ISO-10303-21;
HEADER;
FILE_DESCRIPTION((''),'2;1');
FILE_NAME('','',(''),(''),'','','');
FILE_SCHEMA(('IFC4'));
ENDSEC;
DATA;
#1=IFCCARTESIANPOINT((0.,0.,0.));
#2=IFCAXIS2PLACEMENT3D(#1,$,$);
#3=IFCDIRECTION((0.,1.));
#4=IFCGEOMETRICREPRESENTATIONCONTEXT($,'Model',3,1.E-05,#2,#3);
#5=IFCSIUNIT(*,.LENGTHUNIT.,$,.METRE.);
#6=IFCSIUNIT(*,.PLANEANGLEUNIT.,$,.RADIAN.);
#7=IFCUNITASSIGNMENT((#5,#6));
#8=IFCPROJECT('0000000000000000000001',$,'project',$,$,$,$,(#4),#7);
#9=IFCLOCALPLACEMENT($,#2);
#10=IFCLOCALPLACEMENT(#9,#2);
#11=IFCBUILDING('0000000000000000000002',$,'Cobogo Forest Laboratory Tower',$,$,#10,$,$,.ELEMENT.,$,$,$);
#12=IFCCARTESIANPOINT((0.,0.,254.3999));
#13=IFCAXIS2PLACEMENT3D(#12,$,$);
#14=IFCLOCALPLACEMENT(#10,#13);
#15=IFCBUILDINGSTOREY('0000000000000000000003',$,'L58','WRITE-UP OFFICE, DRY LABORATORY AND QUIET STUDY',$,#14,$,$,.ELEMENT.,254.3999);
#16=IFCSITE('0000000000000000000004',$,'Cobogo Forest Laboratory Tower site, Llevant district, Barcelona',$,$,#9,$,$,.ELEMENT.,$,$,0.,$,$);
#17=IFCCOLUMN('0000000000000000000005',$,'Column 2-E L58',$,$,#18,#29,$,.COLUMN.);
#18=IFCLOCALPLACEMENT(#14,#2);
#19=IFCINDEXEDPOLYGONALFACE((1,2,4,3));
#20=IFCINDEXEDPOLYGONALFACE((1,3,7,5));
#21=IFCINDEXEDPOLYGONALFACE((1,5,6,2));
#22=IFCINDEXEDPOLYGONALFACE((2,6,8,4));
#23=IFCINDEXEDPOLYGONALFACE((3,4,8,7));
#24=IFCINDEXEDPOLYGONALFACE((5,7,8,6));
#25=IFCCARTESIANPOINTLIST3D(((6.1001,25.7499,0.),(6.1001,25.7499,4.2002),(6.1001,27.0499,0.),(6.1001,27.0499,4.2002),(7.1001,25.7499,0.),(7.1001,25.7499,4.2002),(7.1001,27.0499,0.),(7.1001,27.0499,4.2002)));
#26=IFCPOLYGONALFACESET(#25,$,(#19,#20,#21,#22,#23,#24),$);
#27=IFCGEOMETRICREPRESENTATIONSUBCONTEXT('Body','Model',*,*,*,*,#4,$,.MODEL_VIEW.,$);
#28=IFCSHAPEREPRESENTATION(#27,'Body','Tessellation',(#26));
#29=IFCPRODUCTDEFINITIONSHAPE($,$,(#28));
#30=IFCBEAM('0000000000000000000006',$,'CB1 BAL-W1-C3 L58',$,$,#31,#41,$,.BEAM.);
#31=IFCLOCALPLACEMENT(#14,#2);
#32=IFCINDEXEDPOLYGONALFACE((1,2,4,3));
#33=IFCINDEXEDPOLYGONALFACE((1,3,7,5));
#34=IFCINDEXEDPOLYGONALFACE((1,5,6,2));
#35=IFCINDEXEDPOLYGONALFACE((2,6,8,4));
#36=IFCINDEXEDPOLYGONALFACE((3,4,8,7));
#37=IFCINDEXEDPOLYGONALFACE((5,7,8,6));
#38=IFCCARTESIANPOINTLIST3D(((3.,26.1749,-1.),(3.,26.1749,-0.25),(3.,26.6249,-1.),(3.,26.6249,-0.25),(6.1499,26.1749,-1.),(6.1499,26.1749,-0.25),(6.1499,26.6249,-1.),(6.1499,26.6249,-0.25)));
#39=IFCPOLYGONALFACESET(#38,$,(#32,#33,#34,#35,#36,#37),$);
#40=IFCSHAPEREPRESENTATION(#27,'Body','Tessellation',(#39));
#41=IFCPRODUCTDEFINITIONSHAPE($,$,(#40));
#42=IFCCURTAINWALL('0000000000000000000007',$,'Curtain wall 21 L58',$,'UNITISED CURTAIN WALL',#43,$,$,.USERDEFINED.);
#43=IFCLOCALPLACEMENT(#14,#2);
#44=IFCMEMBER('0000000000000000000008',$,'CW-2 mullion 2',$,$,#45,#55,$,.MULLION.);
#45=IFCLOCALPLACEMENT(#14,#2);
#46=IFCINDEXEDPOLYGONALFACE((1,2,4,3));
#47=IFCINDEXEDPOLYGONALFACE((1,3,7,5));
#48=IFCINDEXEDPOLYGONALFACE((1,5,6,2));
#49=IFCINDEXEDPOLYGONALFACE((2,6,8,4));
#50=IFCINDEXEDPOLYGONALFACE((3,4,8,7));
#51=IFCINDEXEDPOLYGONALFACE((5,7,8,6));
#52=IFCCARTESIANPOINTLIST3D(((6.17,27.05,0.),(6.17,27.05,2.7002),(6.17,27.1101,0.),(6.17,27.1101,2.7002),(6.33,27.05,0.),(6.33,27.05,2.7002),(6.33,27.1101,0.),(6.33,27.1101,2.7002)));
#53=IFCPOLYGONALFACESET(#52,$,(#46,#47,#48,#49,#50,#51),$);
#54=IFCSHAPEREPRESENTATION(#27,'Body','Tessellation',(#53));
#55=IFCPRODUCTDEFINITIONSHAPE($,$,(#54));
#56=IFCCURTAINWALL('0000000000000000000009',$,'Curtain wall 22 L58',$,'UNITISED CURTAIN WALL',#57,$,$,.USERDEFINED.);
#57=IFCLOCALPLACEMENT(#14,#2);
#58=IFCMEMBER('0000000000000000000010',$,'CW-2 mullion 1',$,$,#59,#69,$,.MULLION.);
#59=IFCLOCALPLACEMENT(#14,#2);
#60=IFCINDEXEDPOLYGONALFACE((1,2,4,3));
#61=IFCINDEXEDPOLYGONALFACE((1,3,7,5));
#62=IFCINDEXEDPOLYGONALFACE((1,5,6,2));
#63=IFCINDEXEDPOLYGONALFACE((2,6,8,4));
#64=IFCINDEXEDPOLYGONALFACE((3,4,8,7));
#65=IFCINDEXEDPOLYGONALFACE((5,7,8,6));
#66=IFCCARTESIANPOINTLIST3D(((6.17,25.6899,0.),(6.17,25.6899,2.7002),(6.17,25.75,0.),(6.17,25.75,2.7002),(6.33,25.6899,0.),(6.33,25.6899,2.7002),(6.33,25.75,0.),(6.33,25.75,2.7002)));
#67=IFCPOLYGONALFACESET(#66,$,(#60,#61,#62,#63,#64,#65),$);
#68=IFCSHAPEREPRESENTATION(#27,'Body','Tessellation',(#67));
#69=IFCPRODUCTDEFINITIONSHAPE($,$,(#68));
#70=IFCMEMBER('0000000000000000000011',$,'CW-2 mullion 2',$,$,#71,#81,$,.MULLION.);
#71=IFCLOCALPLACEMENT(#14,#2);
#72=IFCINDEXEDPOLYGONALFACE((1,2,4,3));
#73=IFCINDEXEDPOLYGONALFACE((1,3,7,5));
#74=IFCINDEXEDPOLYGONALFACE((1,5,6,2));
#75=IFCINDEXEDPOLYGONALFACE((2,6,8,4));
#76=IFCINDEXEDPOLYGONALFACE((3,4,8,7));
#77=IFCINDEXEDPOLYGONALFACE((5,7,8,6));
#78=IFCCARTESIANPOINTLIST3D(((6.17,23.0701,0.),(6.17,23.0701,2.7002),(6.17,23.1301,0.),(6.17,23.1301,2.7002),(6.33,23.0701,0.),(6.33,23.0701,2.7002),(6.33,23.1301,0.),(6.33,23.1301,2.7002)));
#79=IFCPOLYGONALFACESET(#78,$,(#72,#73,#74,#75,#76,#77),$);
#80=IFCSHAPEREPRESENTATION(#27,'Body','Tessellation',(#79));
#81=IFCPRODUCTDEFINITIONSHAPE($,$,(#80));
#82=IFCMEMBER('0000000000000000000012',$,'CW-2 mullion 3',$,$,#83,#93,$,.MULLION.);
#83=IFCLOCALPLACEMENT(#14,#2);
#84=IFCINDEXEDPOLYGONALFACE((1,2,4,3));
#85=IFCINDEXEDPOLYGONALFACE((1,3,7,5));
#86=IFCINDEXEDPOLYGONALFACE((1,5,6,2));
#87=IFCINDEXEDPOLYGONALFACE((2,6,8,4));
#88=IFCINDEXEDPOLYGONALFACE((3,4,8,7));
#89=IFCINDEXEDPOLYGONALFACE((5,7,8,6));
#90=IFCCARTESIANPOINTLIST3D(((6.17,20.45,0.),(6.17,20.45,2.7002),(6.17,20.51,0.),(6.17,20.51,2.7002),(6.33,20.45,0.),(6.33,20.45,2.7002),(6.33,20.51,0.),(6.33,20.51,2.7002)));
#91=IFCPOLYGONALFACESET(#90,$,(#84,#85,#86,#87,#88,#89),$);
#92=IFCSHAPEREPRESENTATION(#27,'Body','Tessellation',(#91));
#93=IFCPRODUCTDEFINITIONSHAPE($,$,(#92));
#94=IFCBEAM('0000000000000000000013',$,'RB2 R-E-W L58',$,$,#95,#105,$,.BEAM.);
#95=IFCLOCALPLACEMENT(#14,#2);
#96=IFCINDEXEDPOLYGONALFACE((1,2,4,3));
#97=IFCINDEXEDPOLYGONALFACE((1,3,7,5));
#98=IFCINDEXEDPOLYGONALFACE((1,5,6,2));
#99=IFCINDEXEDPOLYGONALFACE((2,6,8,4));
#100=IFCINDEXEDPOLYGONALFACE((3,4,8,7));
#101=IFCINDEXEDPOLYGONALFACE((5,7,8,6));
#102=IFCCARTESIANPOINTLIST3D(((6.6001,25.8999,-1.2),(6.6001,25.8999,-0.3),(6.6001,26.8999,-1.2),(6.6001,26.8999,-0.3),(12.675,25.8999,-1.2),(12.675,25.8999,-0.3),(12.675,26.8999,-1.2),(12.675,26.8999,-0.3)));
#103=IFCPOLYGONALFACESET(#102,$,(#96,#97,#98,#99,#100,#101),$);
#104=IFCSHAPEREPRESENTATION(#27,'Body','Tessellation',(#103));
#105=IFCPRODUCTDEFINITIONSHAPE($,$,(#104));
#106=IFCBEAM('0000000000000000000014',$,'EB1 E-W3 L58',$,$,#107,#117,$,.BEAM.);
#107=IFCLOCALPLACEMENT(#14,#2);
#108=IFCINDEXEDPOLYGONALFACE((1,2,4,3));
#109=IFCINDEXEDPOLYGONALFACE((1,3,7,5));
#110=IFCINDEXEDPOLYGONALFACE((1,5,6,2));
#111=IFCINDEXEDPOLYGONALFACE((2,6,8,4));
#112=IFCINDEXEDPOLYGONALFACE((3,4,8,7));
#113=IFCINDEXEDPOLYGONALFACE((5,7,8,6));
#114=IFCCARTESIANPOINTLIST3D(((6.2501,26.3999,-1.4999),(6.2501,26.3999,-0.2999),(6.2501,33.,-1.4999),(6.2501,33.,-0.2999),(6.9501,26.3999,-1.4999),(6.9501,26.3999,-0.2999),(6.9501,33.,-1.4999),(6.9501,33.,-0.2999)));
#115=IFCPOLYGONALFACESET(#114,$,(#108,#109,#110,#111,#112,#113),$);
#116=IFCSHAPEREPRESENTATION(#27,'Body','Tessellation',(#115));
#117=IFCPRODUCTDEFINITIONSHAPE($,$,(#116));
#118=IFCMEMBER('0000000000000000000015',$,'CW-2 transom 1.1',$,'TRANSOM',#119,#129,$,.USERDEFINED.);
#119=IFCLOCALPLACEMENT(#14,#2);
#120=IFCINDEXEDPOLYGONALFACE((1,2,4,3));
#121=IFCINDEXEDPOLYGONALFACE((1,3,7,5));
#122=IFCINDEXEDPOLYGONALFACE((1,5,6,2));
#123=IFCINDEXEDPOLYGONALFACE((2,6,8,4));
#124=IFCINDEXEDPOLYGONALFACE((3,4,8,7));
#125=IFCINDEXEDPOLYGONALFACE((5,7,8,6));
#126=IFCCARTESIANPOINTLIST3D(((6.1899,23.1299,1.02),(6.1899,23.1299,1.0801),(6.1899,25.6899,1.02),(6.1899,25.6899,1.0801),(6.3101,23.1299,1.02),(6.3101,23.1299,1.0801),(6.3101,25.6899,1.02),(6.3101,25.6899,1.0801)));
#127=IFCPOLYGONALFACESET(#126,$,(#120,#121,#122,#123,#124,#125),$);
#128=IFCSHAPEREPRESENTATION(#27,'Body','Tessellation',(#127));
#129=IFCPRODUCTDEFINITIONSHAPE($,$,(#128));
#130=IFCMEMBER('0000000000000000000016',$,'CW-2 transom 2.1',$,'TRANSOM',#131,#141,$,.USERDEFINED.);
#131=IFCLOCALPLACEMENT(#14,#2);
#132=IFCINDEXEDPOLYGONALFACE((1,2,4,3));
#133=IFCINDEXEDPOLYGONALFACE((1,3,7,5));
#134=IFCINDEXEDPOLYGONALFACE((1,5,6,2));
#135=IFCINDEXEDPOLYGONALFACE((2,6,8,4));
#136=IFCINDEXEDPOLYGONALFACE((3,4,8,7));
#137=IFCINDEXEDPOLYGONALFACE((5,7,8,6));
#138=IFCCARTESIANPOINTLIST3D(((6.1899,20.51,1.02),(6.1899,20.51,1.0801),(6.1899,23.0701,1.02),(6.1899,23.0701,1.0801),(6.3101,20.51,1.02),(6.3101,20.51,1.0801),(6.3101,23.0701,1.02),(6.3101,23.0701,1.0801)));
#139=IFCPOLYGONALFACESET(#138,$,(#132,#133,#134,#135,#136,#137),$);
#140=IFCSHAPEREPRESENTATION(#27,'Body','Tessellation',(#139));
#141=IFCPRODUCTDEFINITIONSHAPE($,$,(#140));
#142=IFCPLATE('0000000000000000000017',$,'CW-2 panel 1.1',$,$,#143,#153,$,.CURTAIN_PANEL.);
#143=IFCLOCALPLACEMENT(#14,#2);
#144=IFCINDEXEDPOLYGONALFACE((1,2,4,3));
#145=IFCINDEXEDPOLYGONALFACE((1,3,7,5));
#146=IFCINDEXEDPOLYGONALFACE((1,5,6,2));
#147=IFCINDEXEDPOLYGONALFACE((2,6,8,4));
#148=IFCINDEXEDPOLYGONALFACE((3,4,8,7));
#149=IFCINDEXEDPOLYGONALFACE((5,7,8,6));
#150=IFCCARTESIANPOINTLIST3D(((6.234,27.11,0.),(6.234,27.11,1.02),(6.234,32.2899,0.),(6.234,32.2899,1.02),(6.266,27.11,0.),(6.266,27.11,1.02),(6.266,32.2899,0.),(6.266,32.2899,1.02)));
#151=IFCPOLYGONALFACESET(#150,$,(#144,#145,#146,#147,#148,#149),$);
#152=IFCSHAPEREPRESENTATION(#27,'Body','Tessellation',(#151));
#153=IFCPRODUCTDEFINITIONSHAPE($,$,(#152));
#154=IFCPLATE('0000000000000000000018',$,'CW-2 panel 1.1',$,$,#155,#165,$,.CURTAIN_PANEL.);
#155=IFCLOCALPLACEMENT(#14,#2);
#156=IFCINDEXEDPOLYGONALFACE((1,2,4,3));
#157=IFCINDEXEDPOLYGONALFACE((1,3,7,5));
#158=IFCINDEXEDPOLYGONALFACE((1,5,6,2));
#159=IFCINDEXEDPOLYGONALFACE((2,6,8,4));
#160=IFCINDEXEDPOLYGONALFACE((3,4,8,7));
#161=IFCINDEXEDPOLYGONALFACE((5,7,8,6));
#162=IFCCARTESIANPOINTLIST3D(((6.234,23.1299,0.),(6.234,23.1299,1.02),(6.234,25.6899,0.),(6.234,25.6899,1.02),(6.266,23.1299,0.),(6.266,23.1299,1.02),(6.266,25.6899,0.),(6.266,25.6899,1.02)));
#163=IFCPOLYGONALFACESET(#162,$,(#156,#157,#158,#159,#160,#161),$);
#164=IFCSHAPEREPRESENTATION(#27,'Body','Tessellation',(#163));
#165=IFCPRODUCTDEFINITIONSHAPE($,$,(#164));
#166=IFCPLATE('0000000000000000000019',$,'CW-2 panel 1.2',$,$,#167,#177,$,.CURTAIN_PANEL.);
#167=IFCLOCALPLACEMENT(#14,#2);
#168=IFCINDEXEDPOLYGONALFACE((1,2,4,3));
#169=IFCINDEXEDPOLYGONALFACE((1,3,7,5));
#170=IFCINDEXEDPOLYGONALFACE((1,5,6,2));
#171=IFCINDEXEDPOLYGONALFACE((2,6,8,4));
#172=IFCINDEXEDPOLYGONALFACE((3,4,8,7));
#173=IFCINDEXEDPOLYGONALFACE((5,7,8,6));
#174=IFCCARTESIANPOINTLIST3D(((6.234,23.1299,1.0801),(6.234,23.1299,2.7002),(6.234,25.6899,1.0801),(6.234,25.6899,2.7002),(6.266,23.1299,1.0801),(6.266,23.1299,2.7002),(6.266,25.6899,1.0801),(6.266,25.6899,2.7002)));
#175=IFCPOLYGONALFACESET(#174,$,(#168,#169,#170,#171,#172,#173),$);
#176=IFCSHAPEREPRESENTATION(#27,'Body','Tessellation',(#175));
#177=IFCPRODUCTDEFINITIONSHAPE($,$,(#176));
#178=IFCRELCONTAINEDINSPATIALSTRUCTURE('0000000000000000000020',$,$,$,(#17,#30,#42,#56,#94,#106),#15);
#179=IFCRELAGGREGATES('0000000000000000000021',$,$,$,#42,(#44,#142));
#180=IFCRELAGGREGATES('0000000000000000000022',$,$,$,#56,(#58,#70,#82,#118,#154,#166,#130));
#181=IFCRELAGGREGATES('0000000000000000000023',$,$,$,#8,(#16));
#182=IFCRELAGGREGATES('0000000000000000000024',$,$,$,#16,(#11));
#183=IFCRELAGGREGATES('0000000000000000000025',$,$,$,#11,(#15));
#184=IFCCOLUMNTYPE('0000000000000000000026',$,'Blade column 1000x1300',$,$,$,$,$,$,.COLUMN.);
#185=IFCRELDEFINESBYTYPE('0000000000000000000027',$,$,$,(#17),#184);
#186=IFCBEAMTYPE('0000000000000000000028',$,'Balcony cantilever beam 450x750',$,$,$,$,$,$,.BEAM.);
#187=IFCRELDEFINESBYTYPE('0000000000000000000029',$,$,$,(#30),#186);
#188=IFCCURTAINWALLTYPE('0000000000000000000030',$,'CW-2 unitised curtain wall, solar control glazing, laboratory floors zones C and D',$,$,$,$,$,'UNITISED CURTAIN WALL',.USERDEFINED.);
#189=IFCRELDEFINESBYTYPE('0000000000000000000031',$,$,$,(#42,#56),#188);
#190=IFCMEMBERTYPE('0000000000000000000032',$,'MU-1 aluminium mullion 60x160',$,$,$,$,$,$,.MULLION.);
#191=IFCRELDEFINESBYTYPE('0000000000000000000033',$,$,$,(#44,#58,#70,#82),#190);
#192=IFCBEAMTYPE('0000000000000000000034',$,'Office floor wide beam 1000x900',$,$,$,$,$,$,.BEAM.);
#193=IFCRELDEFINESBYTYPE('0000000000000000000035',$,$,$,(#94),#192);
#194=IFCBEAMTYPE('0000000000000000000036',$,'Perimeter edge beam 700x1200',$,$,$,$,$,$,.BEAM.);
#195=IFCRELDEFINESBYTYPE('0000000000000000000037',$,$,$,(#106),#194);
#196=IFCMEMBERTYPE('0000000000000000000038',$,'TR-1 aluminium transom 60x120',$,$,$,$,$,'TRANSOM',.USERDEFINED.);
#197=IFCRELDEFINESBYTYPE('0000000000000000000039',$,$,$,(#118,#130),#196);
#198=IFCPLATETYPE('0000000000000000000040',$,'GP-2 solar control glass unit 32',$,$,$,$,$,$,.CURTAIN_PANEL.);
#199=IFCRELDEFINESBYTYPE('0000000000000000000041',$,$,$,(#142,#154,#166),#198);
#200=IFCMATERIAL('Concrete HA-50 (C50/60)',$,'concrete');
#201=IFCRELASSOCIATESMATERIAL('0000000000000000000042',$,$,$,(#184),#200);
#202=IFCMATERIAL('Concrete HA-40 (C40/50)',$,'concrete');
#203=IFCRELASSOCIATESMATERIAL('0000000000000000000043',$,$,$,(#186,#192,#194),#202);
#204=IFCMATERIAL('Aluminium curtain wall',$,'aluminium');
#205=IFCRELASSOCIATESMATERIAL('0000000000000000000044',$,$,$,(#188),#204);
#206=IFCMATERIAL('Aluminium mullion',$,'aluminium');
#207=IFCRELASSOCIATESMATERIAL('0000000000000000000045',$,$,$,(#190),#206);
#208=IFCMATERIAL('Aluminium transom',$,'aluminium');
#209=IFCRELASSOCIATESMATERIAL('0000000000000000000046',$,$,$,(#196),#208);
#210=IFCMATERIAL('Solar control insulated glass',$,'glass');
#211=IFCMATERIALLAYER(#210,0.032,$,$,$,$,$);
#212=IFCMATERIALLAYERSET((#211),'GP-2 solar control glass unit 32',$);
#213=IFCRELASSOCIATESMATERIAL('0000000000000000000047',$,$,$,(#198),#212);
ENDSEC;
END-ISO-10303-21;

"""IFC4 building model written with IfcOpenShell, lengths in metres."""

from ifc_helpers import new_model, si_unit, direction, frame, origin, origin_2d, place, context, subcontext, project, spatial, rectangle, extrude, material, layer, layer_set, material_profile, profile_set, type_object, element, aggregate, save


model = new_model("IFC4")

# Units and contexts
model_context = context("Model", 3, precision=1e-05, world=origin(), true_north=direction((0.0, 1.0)))
body_context = subcontext(model_context, "Body", "Model", "MODEL_VIEW")
ifc_project = project(units=[si_unit("LENGTHUNIT", "METRE"), si_unit("PLANEANGLEUNIT", "RADIAN")], contexts=[model_context])

# Site, building, storey
site_placement = place(None, origin())
site = spatial("IfcSite", under=ifc_project, at=site_placement, Name="Cobogo Forest Laboratory Tower site, Llevant district, Barcelona", CompositionType="ELEMENT", RefElevation=0.0)
building_placement = place(site_placement, origin())
building = spatial("IfcBuilding", under=site, at=building_placement, Name="Cobogo Forest Laboratory Tower", CompositionType="ELEMENT")
storey_placement = place(building_placement, frame((0.0, 0.0, 254.3999)))
storey = spatial("IfcBuildingStorey", under=building, at=storey_placement, Name="L58", Description="WRITE-UP OFFICE, DRY LABORATORY AND QUIET STUDY", CompositionType="ELEMENT", Elevation=254.3999)

# Column
ifc_material_1 = material(Name="Concrete HA-50 (C50/60)", Category="concrete")
ifc_material_profile_1 = material_profile(ifc_material_1, rectangle(XDim=1.3, YDim=1.0, at=origin_2d()), Name="RC 1000x1300")
ifc_profile_set_1 = profile_set([ifc_material_profile_1], Name="Concrete HA-50 (C50/60)")
column_type = type_object("IfcColumnType", Name="Blade column 1000x1300", PredefinedType="COLUMN", material=ifc_profile_set_1)
column_placement = place(storey_placement, frame((6.6001, 26.3999, 0.0), z_axis=(0.0, 0.0, 1.0), x_axis=(0.0, 1.0, 0.0)))
element("IfcColumn", 1, at=column_placement, inside=storey, type_object=column_type, Name="Column 2-E L58", PredefinedType="COLUMN", context=body_context, shape_type="SweptSolid", body=[
    extrude(rectangle(XDim=1.3, YDim=1.0, at=origin_2d()), origin(), (0.0, 0.0, 1.0), 4.2002),
])

# Beam
ifc_material_2 = material(Name="Concrete HA-40 (C40/50)", Category="concrete")
ifc_material_profile_2 = material_profile(ifc_material_2, rectangle(XDim=0.45, YDim=0.75, at=origin_2d()), Name="RC 450x750")
ifc_profile_set_2 = profile_set([ifc_material_profile_2], Name="Concrete HA-40 (C40/50)")
beam_type_1 = type_object("IfcBeamType", Name="Balcony cantilever beam 450x750", PredefinedType="BEAM", material=ifc_profile_set_2)
beam_1_placement = place(storey_placement, frame((6.1499, 26.3999, -0.625), z_axis=(-1.0, 0.0, 0.0), x_axis=(0.0, -1.0, 0.0)))
element("IfcBeam", 2, at=beam_1_placement, inside=storey, type_object=beam_type_1, Name="CB1 BAL-W1-C3 L58", PredefinedType="BEAM", context=body_context, shape_type="SweptSolid", body=[
    extrude(rectangle(XDim=0.45, YDim=0.75, at=origin_2d()), origin(), (0.0, 0.0, 1.0), 3.1499),
])

# Curtain wall, member
ifc_material_3 = material(Name="Aluminium curtain wall", Category="aluminium")
curtain_wall_type = type_object("IfcCurtainWallType", Name="CW-2 unitised curtain wall, solar control glazing, laboratory floors zones C and D", ElementType="UNITISED CURTAIN WALL", PredefinedType="USERDEFINED", material=ifc_material_3)
curtain_wall_1_placement = place(storey_placement, origin())
curtain_wall_1 = element("IfcCurtainWall", 3, at=curtain_wall_1_placement, inside=storey, type_object=curtain_wall_type, Name="Curtain wall 21 L58", ObjectType="UNITISED CURTAIN WALL", PredefinedType="USERDEFINED")
ifc_material_4 = material(Name="Aluminium mullion", Category="aluminium")
ifc_material_profile_3 = material_profile(ifc_material_4, rectangle(XDim=0.0601, YDim=0.1599, at=origin_2d()), Name="AL 60x160")
ifc_profile_set_3 = profile_set([ifc_material_profile_3], Name="Aluminium mullion")
member_type_1 = type_object("IfcMemberType", Name="MU-1 aluminium mullion 60x160", PredefinedType="MULLION", material=ifc_profile_set_3)
member_1_placement = place(storey_placement, frame((6.25, 27.0801, 0.0), z_axis=(0.0, 0.0, 1.0), x_axis=(0.0, -1.0, 0.0)))
member_1 = element("IfcMember", 4, at=member_1_placement, type_object=member_type_1, Name="CW-2 mullion 2", PredefinedType="MULLION", context=body_context, shape_type="SweptSolid", body=[
    extrude(rectangle(XDim=0.0601, YDim=0.1599, at=origin_2d()), origin(), (0.0, 0.0, 1.0), 2.7002),
])

# Curtain wall, members
curtain_wall_2_placement = place(storey_placement, origin())
curtain_wall_2 = element("IfcCurtainWall", 5, at=curtain_wall_2_placement, inside=storey, type_object=curtain_wall_type, Name="Curtain wall 22 L58", ObjectType="UNITISED CURTAIN WALL", PredefinedType="USERDEFINED")
member_2_placement = place(storey_placement, frame((6.25, 25.72, 0.0), z_axis=(0.0, 0.0, 1.0), x_axis=(0.0, -1.0, 0.0)))
member_2 = element("IfcMember", 6, at=member_2_placement, type_object=member_type_1, Name="CW-2 mullion 1", PredefinedType="MULLION", context=body_context, shape_type="SweptSolid", body=[
    extrude(rectangle(XDim=0.0601, YDim=0.1599, at=origin_2d()), origin(), (0.0, 0.0, 1.0), 2.7002),
])
member_3_placement = place(storey_placement, frame((6.25, 23.1001, 0.0), z_axis=(0.0, 0.0, 1.0), x_axis=(0.0, -1.0, 0.0)))
member_3 = element("IfcMember", 7, at=member_3_placement, type_object=member_type_1, Name="CW-2 mullion 2", PredefinedType="MULLION", context=body_context, shape_type="SweptSolid", body=[
    extrude(rectangle(XDim=0.0601, YDim=0.1599, at=origin_2d()), origin(), (0.0, 0.0, 1.0), 2.7002),
])
member_4_placement = place(storey_placement, frame((6.25, 20.48, 0.0), z_axis=(0.0, 0.0, 1.0), x_axis=(0.0, -1.0, 0.0)))
member_4 = element("IfcMember", 8, at=member_4_placement, type_object=member_type_1, Name="CW-2 mullion 3", PredefinedType="MULLION", context=body_context, shape_type="SweptSolid", body=[
    extrude(rectangle(XDim=0.0601, YDim=0.1599, at=origin_2d()), origin(), (0.0, 0.0, 1.0), 2.7002),
])

# Beams
ifc_material_profile_4 = material_profile(ifc_material_2, rectangle(XDim=1.0, YDim=0.8999, at=origin_2d()), Name="RC 1000x900")
ifc_profile_set_4 = profile_set([ifc_material_profile_4], Name="Concrete HA-40 (C40/50)")
beam_type_2 = type_object("IfcBeamType", Name="Office floor wide beam 1000x900", PredefinedType="BEAM", material=ifc_profile_set_4)
beam_2_placement = place(storey_placement, frame((12.675, 26.3999, -0.75), z_axis=(-1.0, 0.0, 0.0), x_axis=(0.0, -1.0, 0.0)))
element("IfcBeam", 9, at=beam_2_placement, inside=storey, type_object=beam_type_2, Name="RB2 R-E-W L58", PredefinedType="BEAM", context=body_context, shape_type="SweptSolid", body=[
    extrude(rectangle(XDim=1.0, YDim=0.8999, at=origin_2d()), origin(), (0.0, 0.0, 1.0), 6.075),
])
ifc_material_profile_5 = material_profile(ifc_material_2, rectangle(XDim=0.7, YDim=1.2, at=origin_2d()), Name="RC 700x1200")
ifc_profile_set_5 = profile_set([ifc_material_profile_5], Name="Concrete HA-40 (C40/50)")
beam_type_3 = type_object("IfcBeamType", Name="Perimeter edge beam 700x1200", PredefinedType="BEAM", material=ifc_profile_set_5)
beam_3_placement = place(storey_placement, frame((6.6001, 26.3999, -0.8999), z_axis=(0.0, 1.0, 0.0), x_axis=(-1.0, 0.0, 0.0)))
element("IfcBeam", 10, at=beam_3_placement, inside=storey, type_object=beam_type_3, Name="EB1 E-W3 L58", PredefinedType="BEAM", context=body_context, shape_type="SweptSolid", body=[
    extrude(rectangle(XDim=0.7, YDim=1.2, at=origin_2d()), origin(), (0.0, 0.0, 1.0), 6.6001),
])

# Members
ifc_material_5 = material(Name="Aluminium transom", Category="aluminium")
ifc_material_profile_6 = material_profile(ifc_material_5, rectangle(XDim=0.1201, YDim=0.0601, at=origin_2d()), Name="AL 60x120")
ifc_profile_set_6 = profile_set([ifc_material_profile_6], Name="Aluminium transom")
member_type_2 = type_object("IfcMemberType", Name="TR-1 aluminium transom 60x120", ElementType="TRANSOM", PredefinedType="USERDEFINED", material=ifc_profile_set_6)
member_5_placement = place(storey_placement, frame((6.25, 25.6899, 1.05), z_axis=(0.0, -1.0, 0.0), x_axis=(1.0, 0.0, 0.0)))
member_5 = element("IfcMember", 11, at=member_5_placement, type_object=member_type_2, Name="CW-2 transom 1.1", ObjectType="TRANSOM", PredefinedType="USERDEFINED", context=body_context, shape_type="SweptSolid", body=[
    extrude(rectangle(XDim=0.1201, YDim=0.0601, at=origin_2d()), origin(), (0.0, 0.0, 1.0), 2.5601),
])
member_6_placement = place(storey_placement, frame((6.25, 23.0701, 1.05), z_axis=(0.0, -1.0, 0.0), x_axis=(1.0, 0.0, 0.0)))
member_6 = element("IfcMember", 12, at=member_6_placement, type_object=member_type_2, Name="CW-2 transom 2.1", ObjectType="TRANSOM", PredefinedType="USERDEFINED", context=body_context, shape_type="SweptSolid", body=[
    extrude(rectangle(XDim=0.1201, YDim=0.0601, at=origin_2d()), origin(), (0.0, 0.0, 1.0), 2.5601),
])

# Plates
ifc_material_6 = material(Name="Solar control insulated glass", Category="glass")
ifc_layer_1 = layer(ifc_material_6, 0.032)
ifc_layer_set_1 = layer_set([ifc_layer_1], Name="GP-2 solar control glass unit 32")
plate_type_1 = type_object("IfcPlateType", Name="GP-2 solar control glass unit 32", PredefinedType="CURTAIN_PANEL", material=ifc_layer_set_1)
plate_1_placement = place(storey_placement, frame((6.25, 29.7, 0.0), z_axis=(0.0, 0.0, 1.0), x_axis=(0.0, -1.0, 0.0)))
plate_1 = element("IfcPlate", 13, at=plate_1_placement, type_object=plate_type_1, Name="CW-2 panel 1.1", PredefinedType="CURTAIN_PANEL", context=body_context, shape_type="SweptSolid", body=[
    extrude(rectangle(XDim=5.1799, YDim=0.032, at=origin_2d()), origin(), (0.0, 0.0, 1.0), 1.02),
])
aggregate(curtain_wall_1, [member_1, plate_1])
plate_2_placement = place(storey_placement, frame((6.25, 24.4099, 0.0), z_axis=(0.0, 0.0, 1.0), x_axis=(0.0, -1.0, 0.0)))
plate_2 = element("IfcPlate", 14, at=plate_2_placement, type_object=plate_type_1, Name="CW-2 panel 1.1", PredefinedType="CURTAIN_PANEL", context=body_context, shape_type="SweptSolid", body=[
    extrude(rectangle(XDim=2.5601, YDim=0.032, at=origin_2d()), origin(), (0.0, 0.0, 1.0), 1.02),
])
plate_3_placement = place(storey_placement, frame((6.25, 24.4099, 1.0801), z_axis=(0.0, 0.0, 1.0), x_axis=(0.0, -1.0, 0.0)))
plate_3 = element("IfcPlate", 15, at=plate_3_placement, type_object=plate_type_1, Name="CW-2 panel 1.2", PredefinedType="CURTAIN_PANEL", context=body_context, shape_type="SweptSolid", body=[
    extrude(rectangle(XDim=2.5601, YDim=0.032, at=origin_2d()), origin(), (0.0, 0.0, 1.0), 1.6201),
])
aggregate(curtain_wall_2, [member_2, member_3, member_4, member_5, plate_2, plate_3, member_6])

save(model, "model.ifc")
